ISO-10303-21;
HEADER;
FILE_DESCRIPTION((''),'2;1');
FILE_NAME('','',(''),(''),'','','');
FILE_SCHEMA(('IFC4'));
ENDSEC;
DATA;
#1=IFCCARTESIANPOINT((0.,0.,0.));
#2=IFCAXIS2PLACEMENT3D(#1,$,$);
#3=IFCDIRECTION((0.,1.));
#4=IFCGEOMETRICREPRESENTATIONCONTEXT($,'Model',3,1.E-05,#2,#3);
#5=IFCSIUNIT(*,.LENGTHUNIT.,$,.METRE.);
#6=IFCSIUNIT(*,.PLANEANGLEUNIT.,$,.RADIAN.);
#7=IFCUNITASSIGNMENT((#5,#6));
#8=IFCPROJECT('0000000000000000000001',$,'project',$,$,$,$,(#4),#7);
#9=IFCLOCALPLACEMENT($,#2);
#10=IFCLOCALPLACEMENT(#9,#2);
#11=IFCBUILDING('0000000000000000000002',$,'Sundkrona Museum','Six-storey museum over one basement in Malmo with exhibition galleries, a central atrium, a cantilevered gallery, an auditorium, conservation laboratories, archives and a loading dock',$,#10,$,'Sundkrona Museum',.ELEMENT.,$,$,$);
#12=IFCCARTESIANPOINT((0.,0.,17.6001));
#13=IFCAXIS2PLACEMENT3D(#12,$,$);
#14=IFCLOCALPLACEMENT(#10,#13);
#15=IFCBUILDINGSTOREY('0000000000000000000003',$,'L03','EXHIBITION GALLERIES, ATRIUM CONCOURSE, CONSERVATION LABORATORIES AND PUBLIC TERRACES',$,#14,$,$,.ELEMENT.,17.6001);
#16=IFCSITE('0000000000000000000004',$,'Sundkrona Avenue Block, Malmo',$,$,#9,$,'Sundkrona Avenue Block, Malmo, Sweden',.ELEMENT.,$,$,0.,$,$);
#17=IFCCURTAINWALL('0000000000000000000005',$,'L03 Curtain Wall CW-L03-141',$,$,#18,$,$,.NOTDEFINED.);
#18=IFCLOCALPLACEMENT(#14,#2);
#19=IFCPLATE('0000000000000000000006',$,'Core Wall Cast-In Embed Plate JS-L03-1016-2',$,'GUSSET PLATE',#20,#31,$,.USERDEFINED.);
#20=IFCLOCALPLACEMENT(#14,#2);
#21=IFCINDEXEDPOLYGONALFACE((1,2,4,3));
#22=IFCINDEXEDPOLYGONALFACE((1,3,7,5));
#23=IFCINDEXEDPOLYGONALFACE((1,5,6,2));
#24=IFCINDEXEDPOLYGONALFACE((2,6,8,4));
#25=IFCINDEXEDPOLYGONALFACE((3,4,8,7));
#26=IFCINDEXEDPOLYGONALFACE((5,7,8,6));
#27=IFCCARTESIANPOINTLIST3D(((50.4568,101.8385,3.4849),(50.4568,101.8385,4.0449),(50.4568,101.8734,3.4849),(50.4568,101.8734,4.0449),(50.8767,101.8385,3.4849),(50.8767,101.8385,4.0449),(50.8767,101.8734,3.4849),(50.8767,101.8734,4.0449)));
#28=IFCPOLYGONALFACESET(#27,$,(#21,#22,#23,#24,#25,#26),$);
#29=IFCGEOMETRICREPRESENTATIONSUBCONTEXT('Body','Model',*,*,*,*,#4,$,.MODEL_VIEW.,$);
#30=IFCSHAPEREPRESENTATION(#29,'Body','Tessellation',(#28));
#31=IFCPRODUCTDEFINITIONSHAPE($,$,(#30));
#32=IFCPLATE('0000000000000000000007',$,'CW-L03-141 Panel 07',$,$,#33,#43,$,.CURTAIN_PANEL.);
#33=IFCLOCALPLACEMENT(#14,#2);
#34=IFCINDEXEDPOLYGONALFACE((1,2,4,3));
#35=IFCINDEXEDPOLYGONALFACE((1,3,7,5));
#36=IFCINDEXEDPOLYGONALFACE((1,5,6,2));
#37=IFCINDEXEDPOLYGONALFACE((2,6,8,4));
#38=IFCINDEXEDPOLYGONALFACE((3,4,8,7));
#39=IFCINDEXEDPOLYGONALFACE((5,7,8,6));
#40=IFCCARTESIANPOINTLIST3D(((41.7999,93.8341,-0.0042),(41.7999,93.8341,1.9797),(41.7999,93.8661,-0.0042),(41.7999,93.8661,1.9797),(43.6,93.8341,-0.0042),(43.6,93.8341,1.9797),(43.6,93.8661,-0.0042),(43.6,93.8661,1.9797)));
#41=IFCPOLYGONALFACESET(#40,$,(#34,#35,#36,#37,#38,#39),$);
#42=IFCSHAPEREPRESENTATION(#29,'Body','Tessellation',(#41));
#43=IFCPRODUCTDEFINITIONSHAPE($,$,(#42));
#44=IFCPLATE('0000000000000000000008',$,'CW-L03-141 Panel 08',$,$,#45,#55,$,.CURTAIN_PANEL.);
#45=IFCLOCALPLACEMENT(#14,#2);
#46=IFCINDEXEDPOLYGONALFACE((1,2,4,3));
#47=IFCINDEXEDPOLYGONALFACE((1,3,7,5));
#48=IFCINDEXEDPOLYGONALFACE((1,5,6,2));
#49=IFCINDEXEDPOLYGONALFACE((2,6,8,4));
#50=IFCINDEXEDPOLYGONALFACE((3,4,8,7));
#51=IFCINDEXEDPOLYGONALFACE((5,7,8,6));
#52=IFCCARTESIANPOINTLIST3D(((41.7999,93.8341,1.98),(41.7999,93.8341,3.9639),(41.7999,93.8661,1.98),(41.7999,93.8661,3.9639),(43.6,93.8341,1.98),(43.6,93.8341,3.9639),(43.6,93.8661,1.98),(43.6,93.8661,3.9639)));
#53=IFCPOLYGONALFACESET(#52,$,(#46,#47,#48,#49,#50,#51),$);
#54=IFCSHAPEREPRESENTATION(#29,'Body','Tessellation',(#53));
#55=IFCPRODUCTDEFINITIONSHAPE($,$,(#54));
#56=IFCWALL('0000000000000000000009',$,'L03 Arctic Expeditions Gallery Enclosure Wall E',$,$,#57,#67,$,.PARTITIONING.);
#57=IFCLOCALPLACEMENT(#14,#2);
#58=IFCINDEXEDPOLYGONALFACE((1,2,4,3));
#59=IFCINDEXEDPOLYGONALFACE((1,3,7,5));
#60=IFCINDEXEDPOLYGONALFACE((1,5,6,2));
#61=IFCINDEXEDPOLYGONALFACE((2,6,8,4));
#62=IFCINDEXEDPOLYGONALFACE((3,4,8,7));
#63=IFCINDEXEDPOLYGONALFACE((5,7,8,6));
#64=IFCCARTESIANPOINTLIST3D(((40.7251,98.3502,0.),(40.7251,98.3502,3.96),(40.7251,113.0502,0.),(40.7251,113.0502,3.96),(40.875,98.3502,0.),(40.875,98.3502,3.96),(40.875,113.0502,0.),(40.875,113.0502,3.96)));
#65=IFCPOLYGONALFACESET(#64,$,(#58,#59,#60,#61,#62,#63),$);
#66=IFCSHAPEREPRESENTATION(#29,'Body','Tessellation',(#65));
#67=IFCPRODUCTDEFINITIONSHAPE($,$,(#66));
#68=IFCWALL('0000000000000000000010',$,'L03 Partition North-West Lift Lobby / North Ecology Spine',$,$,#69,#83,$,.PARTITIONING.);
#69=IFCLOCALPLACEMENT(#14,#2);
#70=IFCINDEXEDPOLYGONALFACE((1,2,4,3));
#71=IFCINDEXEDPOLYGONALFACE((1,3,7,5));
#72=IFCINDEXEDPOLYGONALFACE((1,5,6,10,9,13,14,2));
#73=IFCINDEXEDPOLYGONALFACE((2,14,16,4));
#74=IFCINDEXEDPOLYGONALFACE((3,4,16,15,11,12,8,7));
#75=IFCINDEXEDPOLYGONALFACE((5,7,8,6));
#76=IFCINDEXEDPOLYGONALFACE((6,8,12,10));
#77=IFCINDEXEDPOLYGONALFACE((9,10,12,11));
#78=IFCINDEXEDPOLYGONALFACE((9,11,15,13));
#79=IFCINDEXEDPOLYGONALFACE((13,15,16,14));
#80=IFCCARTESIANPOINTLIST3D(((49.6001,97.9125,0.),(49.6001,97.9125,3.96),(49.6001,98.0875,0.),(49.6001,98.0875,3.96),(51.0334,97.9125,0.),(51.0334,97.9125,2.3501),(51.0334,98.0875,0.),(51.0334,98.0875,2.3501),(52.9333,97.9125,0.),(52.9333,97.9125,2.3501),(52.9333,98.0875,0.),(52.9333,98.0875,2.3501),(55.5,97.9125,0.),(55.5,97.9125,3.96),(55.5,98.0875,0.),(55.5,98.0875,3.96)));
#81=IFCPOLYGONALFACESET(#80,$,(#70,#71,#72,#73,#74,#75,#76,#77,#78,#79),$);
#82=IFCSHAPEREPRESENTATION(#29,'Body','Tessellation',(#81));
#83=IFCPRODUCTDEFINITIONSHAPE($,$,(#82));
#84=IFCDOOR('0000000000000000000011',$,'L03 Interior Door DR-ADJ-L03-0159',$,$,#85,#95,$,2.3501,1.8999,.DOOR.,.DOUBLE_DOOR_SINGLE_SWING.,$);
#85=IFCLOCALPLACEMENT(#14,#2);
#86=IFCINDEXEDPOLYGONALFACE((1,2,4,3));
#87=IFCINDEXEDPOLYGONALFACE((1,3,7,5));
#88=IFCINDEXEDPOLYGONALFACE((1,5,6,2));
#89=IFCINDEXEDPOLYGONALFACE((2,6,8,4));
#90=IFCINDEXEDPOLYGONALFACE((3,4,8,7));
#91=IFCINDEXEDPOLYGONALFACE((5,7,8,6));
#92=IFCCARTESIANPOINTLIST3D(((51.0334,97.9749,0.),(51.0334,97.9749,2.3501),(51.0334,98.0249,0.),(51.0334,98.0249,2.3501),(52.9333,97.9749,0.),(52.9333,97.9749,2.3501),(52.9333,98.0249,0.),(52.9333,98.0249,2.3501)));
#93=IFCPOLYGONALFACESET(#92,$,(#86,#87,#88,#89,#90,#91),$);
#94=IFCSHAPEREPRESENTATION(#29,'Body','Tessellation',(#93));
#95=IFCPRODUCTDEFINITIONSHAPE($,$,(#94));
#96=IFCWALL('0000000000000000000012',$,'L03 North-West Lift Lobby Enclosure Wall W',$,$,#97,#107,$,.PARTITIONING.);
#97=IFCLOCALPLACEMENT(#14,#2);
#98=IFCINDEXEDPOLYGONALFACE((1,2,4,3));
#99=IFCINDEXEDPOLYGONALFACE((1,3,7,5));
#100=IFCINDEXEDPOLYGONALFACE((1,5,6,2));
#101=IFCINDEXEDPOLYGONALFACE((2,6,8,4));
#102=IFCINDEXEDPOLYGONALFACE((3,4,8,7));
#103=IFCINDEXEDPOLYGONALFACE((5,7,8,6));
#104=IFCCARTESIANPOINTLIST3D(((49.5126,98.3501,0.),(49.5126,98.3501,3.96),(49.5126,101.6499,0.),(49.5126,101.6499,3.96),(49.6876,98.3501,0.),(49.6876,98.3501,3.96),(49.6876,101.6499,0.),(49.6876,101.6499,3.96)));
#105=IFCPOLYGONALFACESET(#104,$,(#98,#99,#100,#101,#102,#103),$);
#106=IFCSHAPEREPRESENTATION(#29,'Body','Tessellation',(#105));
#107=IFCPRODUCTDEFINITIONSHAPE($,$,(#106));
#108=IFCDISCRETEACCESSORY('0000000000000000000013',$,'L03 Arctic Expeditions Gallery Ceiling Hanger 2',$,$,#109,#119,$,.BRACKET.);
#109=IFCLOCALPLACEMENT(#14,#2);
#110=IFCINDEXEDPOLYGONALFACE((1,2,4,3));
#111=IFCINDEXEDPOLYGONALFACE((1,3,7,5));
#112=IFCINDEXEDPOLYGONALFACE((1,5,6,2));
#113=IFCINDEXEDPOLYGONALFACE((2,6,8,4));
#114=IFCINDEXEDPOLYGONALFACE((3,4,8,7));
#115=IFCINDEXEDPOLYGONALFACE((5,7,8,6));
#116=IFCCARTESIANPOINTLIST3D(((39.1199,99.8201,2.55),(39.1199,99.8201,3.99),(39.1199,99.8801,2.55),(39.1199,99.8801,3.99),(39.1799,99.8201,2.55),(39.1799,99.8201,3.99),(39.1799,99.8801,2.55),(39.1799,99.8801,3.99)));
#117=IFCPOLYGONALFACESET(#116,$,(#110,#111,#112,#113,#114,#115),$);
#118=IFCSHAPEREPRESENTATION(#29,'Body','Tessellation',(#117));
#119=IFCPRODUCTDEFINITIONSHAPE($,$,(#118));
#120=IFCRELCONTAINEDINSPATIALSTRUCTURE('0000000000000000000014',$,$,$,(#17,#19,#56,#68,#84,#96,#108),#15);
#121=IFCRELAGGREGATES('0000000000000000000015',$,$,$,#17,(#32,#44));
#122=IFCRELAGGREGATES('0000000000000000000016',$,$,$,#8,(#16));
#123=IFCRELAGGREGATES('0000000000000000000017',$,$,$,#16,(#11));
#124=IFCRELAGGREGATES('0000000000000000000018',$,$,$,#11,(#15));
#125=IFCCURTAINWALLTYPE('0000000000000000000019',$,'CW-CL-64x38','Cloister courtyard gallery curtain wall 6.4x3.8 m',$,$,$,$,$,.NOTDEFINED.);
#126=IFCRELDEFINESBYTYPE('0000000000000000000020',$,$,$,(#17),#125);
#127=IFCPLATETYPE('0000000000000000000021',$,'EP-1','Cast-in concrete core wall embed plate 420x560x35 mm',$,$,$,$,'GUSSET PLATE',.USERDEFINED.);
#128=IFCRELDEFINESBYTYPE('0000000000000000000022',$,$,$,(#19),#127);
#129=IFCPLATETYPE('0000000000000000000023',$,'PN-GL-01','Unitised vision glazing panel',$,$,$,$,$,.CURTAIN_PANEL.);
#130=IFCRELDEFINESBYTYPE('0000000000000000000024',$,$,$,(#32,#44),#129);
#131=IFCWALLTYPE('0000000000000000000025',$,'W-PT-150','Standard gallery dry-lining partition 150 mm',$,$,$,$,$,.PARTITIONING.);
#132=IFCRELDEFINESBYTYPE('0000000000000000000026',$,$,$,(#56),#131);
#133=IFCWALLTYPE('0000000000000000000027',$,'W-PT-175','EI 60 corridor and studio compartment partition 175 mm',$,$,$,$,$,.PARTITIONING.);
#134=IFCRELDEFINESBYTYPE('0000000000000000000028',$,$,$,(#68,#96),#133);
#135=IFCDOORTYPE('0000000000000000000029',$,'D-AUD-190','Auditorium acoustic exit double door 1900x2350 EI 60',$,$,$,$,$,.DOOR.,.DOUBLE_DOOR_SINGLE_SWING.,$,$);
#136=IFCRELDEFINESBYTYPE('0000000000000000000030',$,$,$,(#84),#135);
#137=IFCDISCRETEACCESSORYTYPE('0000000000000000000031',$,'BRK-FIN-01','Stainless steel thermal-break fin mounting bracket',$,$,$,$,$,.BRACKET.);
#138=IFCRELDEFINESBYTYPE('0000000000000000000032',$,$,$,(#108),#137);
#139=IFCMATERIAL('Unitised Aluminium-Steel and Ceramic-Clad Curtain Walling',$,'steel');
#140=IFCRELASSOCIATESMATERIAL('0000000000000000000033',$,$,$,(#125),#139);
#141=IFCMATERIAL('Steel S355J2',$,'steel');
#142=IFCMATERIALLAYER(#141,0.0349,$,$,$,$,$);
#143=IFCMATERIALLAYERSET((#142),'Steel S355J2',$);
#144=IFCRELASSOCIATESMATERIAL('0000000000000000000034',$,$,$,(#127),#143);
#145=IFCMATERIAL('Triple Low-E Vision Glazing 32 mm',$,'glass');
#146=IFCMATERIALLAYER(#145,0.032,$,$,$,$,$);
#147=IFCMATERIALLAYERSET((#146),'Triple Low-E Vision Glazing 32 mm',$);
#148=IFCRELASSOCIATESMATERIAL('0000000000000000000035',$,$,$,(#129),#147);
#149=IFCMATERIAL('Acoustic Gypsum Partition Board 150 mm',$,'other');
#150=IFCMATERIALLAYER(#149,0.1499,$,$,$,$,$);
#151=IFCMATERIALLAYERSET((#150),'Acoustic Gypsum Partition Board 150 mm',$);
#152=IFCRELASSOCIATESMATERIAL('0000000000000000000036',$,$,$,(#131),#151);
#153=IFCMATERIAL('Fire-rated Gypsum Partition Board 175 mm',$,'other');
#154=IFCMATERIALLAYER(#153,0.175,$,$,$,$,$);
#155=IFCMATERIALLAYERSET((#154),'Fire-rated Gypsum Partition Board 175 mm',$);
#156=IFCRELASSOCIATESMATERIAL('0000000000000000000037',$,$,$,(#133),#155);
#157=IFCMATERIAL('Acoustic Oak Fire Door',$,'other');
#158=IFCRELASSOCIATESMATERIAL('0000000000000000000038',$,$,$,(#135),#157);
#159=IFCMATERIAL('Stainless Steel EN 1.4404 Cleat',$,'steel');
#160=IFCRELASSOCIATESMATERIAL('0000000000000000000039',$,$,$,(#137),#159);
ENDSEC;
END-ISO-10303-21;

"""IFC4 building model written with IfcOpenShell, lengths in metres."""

from ifc_helpers import new_model, si_unit, direction, frame, frame_2d, origin, origin_2d, place, context, subcontext, project, spatial, rectangle, extrude, material, layer, layer_set, type_object, element, fill, aggregate, save


model = new_model("IFC4")

# Units and contexts
model_context = context("Model", 3, precision=1e-05, world=origin(), true_north=direction((0.0, 1.0)))
body_context = subcontext(model_context, "Body", "Model", "MODEL_VIEW")
ifc_project = project(units=[si_unit("LENGTHUNIT", "METRE"), si_unit("PLANEANGLEUNIT", "RADIAN")], contexts=[model_context])

# Site, building, storey
site_placement = place(None, origin())
site = spatial("IfcSite", under=ifc_project, at=site_placement, Name="Sundkrona Avenue Block, Malmo", LongName="Sundkrona Avenue Block, Malmo, Sweden", CompositionType="ELEMENT", RefElevation=0.0)
building_placement = place(site_placement, origin())
building = spatial("IfcBuilding", under=site, at=building_placement, Name="Sundkrona Museum", Description="Six-storey museum over one basement in Malmo with exhibition galleries, a central atrium, a cantilevered gallery, an auditorium, conservation laboratories, archives and a loading dock", LongName="Sundkrona Museum", CompositionType="ELEMENT")
storey_placement = place(building_placement, frame((0.0, 0.0, 17.6001)))
storey = spatial("IfcBuildingStorey", under=building, at=storey_placement, Name="L03", Description="EXHIBITION GALLERIES, ATRIUM CONCOURSE, CONSERVATION LABORATORIES AND PUBLIC TERRACES", CompositionType="ELEMENT", Elevation=17.6001)

# Shared definitions
ifc_material_1 = material(Name="Steel S355J2", Category="steel")

# Curtain wall
ifc_material_2 = material(Name="Unitised Aluminium-Steel and Ceramic-Clad Curtain Walling", Category="steel")
curtain_wall_type = type_object("IfcCurtainWallType", Name="CW-CL-64x38", Description="Cloister courtyard gallery curtain wall 6.4x3.8 m", PredefinedType="NOTDEFINED", material=ifc_material_2)
curtain_wall_placement = place(storey_placement, origin())
curtain_wall = element("IfcCurtainWall", 1, at=curtain_wall_placement, inside=storey, type_object=curtain_wall_type, Name="L03 Curtain Wall CW-L03-141", PredefinedType="NOTDEFINED")

# Plates
ifc_layer_1 = layer(ifc_material_1, 0.0349)
ifc_layer_set_1 = layer_set([ifc_layer_1], Name="Steel S355J2")
plate_type_1 = type_object("IfcPlateType", Name="EP-1", Description="Cast-in concrete core wall embed plate 420x560x35 mm", ElementType="GUSSET PLATE", PredefinedType="USERDEFINED", material=ifc_layer_set_1)
plate_1_placement = place(storey_placement, frame((50.6667, 101.856, 3.4849), z_axis=(0.0, 0.0, 1.0), x_axis=(1.0, 0.0, 0.0)))
element("IfcPlate", 2, at=plate_1_placement, inside=storey, type_object=plate_type_1, Name="Core Wall Cast-In Embed Plate JS-L03-1016-2", ObjectType="GUSSET PLATE", PredefinedType="USERDEFINED", context=body_context, shape_type="SweptSolid", body=[
    extrude(rectangle(XDim=0.4199, YDim=0.0349, at=origin_2d()), origin(), (0.0, 0.0, 1.0), 0.5601),
])
ifc_material_3 = material(Name="Triple Low-E Vision Glazing 32 mm", Category="glass")
ifc_layer_2 = layer(ifc_material_3, 0.032)
ifc_layer_set_2 = layer_set([ifc_layer_2], Name="Triple Low-E Vision Glazing 32 mm")
plate_type_2 = type_object("IfcPlateType", Name="PN-GL-01", Description="Unitised vision glazing panel", PredefinedType="CURTAIN_PANEL", material=ifc_layer_set_2)
plate_2_placement = place(storey_placement, frame((42.7, 93.8501, -0.0042), z_axis=(0.0, 0.0, 1.0), x_axis=(1.0, 0.0, 0.0)))
plate_2 = element("IfcPlate", 3, at=plate_2_placement, type_object=plate_type_2, Name="CW-L03-141 Panel 07", PredefinedType="CURTAIN_PANEL", context=body_context, shape_type="SweptSolid", body=[
    extrude(rectangle(XDim=1.8, YDim=0.032, at=origin_2d()), origin(), (0.0, 0.0, 1.0), 1.9839),
])
plate_3_placement = place(storey_placement, frame((42.7, 93.8501, 1.98), z_axis=(0.0, 0.0, 1.0), x_axis=(1.0, 0.0, 0.0)))
plate_3 = element("IfcPlate", 4, at=plate_3_placement, type_object=plate_type_2, Name="CW-L03-141 Panel 08", PredefinedType="CURTAIN_PANEL", context=body_context, shape_type="SweptSolid", body=[
    extrude(rectangle(XDim=1.8, YDim=0.032, at=origin_2d()), origin(), (0.0, 0.0, 1.0), 1.9839),
])
aggregate(curtain_wall, [plate_2, plate_3])

# Wall
ifc_material_4 = material(Name="Acoustic Gypsum Partition Board 150 mm", Category="other")
ifc_layer_3 = layer(ifc_material_4, 0.1499)
ifc_layer_set_3 = layer_set([ifc_layer_3], Name="Acoustic Gypsum Partition Board 150 mm")
wall_type_1 = type_object("IfcWallType", Name="W-PT-150", Description="Standard gallery dry-lining partition 150 mm", PredefinedType="PARTITIONING", material=ifc_layer_set_3)
wall_1_placement = place(storey_placement, frame((40.8, 98.3501, 0.0), z_axis=(0.0, 0.0, 1.0), x_axis=(0.0, 1.0, 0.0)))
element("IfcWall", 5, at=wall_1_placement, inside=storey, type_object=wall_type_1, Name="L03 Arctic Expeditions Gallery Enclosure Wall E", PredefinedType="PARTITIONING", context=body_context, shape_type="SweptSolid", body=[
    extrude(rectangle(XDim=14.7, YDim=0.1499, at=frame_2d((7.3501, 0.0))), origin(), (0.0, 0.0, 1.0), 3.96),
])

# Wall, opening, door
ifc_material_5 = material(Name="Fire-rated Gypsum Partition Board 175 mm", Category="other")
ifc_layer_4 = layer(ifc_material_5, 0.175)
ifc_layer_set_4 = layer_set([ifc_layer_4], Name="Fire-rated Gypsum Partition Board 175 mm")
wall_type_2 = type_object("IfcWallType", Name="W-PT-175", Description="EI 60 corridor and studio compartment partition 175 mm", PredefinedType="PARTITIONING", material=ifc_layer_set_4)
wall_2_placement = place(storey_placement, frame((49.6001, 98.0, 0.0), z_axis=(0.0, 0.0, 1.0), x_axis=(1.0, 0.0, 0.0)))
wall_2 = element("IfcWall", 6, at=wall_2_placement, inside=storey, type_object=wall_type_2, Name="L03 Partition North-West Lift Lobby / North Ecology Spine", PredefinedType="PARTITIONING", context=body_context, shape_type="SweptSolid", body=[
    extrude(rectangle(XDim=5.8999, YDim=0.175, at=frame_2d((2.95, 0.0))), origin(), (0.0, 0.0, 1.0), 3.96),
])
opening_placement = place(wall_2_placement, frame((1.4333, 0.0, 0.0)))
opening = element("IfcOpeningElement", 7, at=opening_placement, cuts=wall_2, PredefinedType="OPENING", context=body_context, shape_type="SweptSolid", body=[
    extrude(rectangle(XDim=1.8999, YDim=2.3501, at=frame_2d((0.95, 1.175))), frame((0.0, 0.0974, 0.0), z_axis=(0.0, -1.0, 0.0), x_axis=(1.0, 0.0, 0.0)), (0.0, 0.0, 1.0), 0.1951),
])
ifc_material_6 = material(Name="Acoustic Oak Fire Door", Category="other")
door_type = type_object("IfcDoorType", Name="D-AUD-190", Description="Auditorium acoustic exit double door 1900x2350 EI 60", OperationType="DOUBLE_DOOR_SINGLE_SWING", PredefinedType="DOOR", material=ifc_material_6)
door_placement = place(opening_placement, origin())
door = element("IfcDoor", 8, at=door_placement, inside=storey, type_object=door_type, Name="L03 Interior Door DR-ADJ-L03-0159", OperationType="DOUBLE_DOOR_SINGLE_SWING", OverallHeight=2.3501, OverallWidth=1.8999, PredefinedType="DOOR", context=body_context, shape_type="SweptSolid", body=[
    extrude(rectangle(XDim=1.8999, YDim=2.3501, at=frame_2d((0.95, 1.175))), frame((0.0, 0.0249, 0.0), z_axis=(0.0, -1.0, 0.0), x_axis=(1.0, 0.0, 0.0)), (0.0, 0.0, 1.0), 0.05),
])
fill(opening, door)

# Wall
wall_3_placement = place(storey_placement, frame((49.6001, 98.3501, 0.0), z_axis=(0.0, 0.0, 1.0), x_axis=(0.0, 1.0, 0.0)))
element("IfcWall", 9, at=wall_3_placement, inside=storey, type_object=wall_type_2, Name="L03 North-West Lift Lobby Enclosure Wall W", PredefinedType="PARTITIONING", context=body_context, shape_type="SweptSolid", body=[
    extrude(rectangle(XDim=3.2998, YDim=0.175, at=frame_2d((1.6499, 0.0))), origin(), (0.0, 0.0, 1.0), 3.96),
])

# Discrete accessory
ifc_material_7 = material(Name="Stainless Steel EN 1.4404 Cleat", Category="steel")
discrete_accessory_type = type_object("IfcDiscreteAccessoryType", Name="BRK-FIN-01", Description="Stainless steel thermal-break fin mounting bracket", PredefinedType="BRACKET", material=ifc_material_7)
discrete_accessory_placement = place(storey_placement, frame((39.1499, 99.8501, 2.55), z_axis=(0.0, 0.0, 1.0), x_axis=(1.0, 0.0, 0.0)))
element("IfcDiscreteAccessory", 10, at=discrete_accessory_placement, inside=storey, type_object=discrete_accessory_type, Name="L03 Arctic Expeditions Gallery Ceiling Hanger 2", PredefinedType="BRACKET", context=body_context, shape_type="SweptSolid", body=[
    extrude(rectangle(XDim=0.0601, YDim=0.0601, at=origin_2d()), origin(), (0.0, 0.0, 1.0), 1.4399),
])

save(model, "model.ifc")
